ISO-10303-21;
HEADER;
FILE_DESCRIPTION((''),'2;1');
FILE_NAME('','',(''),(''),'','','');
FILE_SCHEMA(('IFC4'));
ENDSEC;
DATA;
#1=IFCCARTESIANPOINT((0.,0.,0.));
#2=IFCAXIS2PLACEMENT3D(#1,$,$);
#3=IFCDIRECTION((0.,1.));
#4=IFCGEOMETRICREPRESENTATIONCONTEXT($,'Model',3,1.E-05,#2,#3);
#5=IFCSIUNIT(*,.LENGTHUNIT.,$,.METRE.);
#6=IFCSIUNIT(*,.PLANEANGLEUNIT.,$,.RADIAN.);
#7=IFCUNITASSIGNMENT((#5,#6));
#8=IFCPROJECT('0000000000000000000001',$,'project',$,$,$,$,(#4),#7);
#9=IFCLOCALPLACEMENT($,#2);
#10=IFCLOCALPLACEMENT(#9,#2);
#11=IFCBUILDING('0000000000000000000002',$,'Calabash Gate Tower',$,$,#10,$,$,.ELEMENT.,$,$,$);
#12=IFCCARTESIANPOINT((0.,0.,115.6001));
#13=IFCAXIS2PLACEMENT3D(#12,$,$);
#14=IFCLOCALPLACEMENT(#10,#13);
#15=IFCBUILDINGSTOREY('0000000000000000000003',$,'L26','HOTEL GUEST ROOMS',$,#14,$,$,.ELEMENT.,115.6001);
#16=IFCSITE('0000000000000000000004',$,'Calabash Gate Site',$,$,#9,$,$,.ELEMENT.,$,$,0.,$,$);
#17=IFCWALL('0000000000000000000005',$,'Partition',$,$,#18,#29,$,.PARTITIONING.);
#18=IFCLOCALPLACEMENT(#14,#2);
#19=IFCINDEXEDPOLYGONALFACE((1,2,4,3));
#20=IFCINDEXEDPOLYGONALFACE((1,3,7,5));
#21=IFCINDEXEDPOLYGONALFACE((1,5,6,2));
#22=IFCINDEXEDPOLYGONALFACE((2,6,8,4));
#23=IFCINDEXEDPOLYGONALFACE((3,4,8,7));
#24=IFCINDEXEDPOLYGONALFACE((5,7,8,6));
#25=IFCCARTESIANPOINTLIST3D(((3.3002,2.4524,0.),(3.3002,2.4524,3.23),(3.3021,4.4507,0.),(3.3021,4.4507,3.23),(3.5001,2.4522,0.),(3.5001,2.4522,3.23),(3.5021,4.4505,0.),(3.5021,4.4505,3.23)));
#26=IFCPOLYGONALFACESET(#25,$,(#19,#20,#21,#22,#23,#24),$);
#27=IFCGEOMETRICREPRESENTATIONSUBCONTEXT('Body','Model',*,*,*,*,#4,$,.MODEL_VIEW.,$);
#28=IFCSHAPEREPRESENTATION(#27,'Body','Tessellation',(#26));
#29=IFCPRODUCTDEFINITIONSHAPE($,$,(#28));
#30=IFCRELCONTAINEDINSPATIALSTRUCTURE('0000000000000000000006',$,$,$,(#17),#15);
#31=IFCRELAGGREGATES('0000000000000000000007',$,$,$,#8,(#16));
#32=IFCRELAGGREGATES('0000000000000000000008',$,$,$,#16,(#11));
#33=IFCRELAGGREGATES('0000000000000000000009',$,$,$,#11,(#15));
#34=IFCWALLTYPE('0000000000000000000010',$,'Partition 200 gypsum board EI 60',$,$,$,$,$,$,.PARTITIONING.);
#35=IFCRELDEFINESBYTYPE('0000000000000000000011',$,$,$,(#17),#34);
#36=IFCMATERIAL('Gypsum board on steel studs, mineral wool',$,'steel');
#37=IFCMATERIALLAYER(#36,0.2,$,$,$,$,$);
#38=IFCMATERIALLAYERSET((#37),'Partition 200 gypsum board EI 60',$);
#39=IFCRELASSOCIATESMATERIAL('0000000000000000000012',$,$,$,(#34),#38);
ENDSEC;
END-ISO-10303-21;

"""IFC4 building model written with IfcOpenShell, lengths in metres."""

from ifc_helpers import new_model, si_unit, direction, frame, frame_2d, origin, place, context, subcontext, project, spatial, rectangle, extrude, material, layer, layer_set, type_object, element, save


model = new_model("IFC4")

# Units and contexts
model_context = context("Model", 3, precision=1e-05, world=origin(), true_north=direction((0.0, 1.0)))
body_context = subcontext(model_context, "Body", "Model", "MODEL_VIEW")
ifc_project = project(units=[si_unit("LENGTHUNIT", "METRE"), si_unit("PLANEANGLEUNIT", "RADIAN")], contexts=[model_context])

# Site, building, storey
site_placement = place(None, origin())
site = spatial("IfcSite", under=ifc_project, at=site_placement, Name="Calabash Gate Site", CompositionType="ELEMENT", RefElevation=0.0)
building_placement = place(site_placement, origin())
building = spatial("IfcBuilding", under=site, at=building_placement, Name="Calabash Gate Tower", CompositionType="ELEMENT")
storey_placement = place(building_placement, frame((0.0, 0.0, 115.6001)))
storey = spatial("IfcBuildingStorey", under=building, at=storey_placement, Name="L26", Description="HOTEL GUEST ROOMS", CompositionType="ELEMENT", Elevation=115.6001)

# Shared definitions
ifc_material_1 = material(Name="Gypsum board on steel studs, mineral wool", Category="steel")
ifc_layer_1 = layer(ifc_material_1, 0.2)
ifc_layer_set_1 = layer_set([ifc_layer_1], Name="Partition 200 gypsum board EI 60")
wall_type_1 = type_object("IfcWallType", Name="Partition 200 gypsum board EI 60", PredefinedType="PARTITIONING", material=ifc_layer_set_1)

# Wall
wall_1_placement = place(storey_placement, frame((3.4001, 2.4524, 0.0), z_axis=(0.0, 0.0, 1.0), x_axis=(0.000977, 1.0, 0.0)))
element("IfcWall", 1, at=wall_1_placement, inside=storey, type_object=wall_type_1, Name="Partition", PredefinedType="PARTITIONING", context=body_context, shape_type="SweptSolid", body=[
    extrude(rectangle(XDim=1.9983, YDim=0.2, at=frame_2d((0.999, 0.0))), origin(), (0.0, 0.0, 1.0), 3.23),
])

save(model, "model.ifc")
